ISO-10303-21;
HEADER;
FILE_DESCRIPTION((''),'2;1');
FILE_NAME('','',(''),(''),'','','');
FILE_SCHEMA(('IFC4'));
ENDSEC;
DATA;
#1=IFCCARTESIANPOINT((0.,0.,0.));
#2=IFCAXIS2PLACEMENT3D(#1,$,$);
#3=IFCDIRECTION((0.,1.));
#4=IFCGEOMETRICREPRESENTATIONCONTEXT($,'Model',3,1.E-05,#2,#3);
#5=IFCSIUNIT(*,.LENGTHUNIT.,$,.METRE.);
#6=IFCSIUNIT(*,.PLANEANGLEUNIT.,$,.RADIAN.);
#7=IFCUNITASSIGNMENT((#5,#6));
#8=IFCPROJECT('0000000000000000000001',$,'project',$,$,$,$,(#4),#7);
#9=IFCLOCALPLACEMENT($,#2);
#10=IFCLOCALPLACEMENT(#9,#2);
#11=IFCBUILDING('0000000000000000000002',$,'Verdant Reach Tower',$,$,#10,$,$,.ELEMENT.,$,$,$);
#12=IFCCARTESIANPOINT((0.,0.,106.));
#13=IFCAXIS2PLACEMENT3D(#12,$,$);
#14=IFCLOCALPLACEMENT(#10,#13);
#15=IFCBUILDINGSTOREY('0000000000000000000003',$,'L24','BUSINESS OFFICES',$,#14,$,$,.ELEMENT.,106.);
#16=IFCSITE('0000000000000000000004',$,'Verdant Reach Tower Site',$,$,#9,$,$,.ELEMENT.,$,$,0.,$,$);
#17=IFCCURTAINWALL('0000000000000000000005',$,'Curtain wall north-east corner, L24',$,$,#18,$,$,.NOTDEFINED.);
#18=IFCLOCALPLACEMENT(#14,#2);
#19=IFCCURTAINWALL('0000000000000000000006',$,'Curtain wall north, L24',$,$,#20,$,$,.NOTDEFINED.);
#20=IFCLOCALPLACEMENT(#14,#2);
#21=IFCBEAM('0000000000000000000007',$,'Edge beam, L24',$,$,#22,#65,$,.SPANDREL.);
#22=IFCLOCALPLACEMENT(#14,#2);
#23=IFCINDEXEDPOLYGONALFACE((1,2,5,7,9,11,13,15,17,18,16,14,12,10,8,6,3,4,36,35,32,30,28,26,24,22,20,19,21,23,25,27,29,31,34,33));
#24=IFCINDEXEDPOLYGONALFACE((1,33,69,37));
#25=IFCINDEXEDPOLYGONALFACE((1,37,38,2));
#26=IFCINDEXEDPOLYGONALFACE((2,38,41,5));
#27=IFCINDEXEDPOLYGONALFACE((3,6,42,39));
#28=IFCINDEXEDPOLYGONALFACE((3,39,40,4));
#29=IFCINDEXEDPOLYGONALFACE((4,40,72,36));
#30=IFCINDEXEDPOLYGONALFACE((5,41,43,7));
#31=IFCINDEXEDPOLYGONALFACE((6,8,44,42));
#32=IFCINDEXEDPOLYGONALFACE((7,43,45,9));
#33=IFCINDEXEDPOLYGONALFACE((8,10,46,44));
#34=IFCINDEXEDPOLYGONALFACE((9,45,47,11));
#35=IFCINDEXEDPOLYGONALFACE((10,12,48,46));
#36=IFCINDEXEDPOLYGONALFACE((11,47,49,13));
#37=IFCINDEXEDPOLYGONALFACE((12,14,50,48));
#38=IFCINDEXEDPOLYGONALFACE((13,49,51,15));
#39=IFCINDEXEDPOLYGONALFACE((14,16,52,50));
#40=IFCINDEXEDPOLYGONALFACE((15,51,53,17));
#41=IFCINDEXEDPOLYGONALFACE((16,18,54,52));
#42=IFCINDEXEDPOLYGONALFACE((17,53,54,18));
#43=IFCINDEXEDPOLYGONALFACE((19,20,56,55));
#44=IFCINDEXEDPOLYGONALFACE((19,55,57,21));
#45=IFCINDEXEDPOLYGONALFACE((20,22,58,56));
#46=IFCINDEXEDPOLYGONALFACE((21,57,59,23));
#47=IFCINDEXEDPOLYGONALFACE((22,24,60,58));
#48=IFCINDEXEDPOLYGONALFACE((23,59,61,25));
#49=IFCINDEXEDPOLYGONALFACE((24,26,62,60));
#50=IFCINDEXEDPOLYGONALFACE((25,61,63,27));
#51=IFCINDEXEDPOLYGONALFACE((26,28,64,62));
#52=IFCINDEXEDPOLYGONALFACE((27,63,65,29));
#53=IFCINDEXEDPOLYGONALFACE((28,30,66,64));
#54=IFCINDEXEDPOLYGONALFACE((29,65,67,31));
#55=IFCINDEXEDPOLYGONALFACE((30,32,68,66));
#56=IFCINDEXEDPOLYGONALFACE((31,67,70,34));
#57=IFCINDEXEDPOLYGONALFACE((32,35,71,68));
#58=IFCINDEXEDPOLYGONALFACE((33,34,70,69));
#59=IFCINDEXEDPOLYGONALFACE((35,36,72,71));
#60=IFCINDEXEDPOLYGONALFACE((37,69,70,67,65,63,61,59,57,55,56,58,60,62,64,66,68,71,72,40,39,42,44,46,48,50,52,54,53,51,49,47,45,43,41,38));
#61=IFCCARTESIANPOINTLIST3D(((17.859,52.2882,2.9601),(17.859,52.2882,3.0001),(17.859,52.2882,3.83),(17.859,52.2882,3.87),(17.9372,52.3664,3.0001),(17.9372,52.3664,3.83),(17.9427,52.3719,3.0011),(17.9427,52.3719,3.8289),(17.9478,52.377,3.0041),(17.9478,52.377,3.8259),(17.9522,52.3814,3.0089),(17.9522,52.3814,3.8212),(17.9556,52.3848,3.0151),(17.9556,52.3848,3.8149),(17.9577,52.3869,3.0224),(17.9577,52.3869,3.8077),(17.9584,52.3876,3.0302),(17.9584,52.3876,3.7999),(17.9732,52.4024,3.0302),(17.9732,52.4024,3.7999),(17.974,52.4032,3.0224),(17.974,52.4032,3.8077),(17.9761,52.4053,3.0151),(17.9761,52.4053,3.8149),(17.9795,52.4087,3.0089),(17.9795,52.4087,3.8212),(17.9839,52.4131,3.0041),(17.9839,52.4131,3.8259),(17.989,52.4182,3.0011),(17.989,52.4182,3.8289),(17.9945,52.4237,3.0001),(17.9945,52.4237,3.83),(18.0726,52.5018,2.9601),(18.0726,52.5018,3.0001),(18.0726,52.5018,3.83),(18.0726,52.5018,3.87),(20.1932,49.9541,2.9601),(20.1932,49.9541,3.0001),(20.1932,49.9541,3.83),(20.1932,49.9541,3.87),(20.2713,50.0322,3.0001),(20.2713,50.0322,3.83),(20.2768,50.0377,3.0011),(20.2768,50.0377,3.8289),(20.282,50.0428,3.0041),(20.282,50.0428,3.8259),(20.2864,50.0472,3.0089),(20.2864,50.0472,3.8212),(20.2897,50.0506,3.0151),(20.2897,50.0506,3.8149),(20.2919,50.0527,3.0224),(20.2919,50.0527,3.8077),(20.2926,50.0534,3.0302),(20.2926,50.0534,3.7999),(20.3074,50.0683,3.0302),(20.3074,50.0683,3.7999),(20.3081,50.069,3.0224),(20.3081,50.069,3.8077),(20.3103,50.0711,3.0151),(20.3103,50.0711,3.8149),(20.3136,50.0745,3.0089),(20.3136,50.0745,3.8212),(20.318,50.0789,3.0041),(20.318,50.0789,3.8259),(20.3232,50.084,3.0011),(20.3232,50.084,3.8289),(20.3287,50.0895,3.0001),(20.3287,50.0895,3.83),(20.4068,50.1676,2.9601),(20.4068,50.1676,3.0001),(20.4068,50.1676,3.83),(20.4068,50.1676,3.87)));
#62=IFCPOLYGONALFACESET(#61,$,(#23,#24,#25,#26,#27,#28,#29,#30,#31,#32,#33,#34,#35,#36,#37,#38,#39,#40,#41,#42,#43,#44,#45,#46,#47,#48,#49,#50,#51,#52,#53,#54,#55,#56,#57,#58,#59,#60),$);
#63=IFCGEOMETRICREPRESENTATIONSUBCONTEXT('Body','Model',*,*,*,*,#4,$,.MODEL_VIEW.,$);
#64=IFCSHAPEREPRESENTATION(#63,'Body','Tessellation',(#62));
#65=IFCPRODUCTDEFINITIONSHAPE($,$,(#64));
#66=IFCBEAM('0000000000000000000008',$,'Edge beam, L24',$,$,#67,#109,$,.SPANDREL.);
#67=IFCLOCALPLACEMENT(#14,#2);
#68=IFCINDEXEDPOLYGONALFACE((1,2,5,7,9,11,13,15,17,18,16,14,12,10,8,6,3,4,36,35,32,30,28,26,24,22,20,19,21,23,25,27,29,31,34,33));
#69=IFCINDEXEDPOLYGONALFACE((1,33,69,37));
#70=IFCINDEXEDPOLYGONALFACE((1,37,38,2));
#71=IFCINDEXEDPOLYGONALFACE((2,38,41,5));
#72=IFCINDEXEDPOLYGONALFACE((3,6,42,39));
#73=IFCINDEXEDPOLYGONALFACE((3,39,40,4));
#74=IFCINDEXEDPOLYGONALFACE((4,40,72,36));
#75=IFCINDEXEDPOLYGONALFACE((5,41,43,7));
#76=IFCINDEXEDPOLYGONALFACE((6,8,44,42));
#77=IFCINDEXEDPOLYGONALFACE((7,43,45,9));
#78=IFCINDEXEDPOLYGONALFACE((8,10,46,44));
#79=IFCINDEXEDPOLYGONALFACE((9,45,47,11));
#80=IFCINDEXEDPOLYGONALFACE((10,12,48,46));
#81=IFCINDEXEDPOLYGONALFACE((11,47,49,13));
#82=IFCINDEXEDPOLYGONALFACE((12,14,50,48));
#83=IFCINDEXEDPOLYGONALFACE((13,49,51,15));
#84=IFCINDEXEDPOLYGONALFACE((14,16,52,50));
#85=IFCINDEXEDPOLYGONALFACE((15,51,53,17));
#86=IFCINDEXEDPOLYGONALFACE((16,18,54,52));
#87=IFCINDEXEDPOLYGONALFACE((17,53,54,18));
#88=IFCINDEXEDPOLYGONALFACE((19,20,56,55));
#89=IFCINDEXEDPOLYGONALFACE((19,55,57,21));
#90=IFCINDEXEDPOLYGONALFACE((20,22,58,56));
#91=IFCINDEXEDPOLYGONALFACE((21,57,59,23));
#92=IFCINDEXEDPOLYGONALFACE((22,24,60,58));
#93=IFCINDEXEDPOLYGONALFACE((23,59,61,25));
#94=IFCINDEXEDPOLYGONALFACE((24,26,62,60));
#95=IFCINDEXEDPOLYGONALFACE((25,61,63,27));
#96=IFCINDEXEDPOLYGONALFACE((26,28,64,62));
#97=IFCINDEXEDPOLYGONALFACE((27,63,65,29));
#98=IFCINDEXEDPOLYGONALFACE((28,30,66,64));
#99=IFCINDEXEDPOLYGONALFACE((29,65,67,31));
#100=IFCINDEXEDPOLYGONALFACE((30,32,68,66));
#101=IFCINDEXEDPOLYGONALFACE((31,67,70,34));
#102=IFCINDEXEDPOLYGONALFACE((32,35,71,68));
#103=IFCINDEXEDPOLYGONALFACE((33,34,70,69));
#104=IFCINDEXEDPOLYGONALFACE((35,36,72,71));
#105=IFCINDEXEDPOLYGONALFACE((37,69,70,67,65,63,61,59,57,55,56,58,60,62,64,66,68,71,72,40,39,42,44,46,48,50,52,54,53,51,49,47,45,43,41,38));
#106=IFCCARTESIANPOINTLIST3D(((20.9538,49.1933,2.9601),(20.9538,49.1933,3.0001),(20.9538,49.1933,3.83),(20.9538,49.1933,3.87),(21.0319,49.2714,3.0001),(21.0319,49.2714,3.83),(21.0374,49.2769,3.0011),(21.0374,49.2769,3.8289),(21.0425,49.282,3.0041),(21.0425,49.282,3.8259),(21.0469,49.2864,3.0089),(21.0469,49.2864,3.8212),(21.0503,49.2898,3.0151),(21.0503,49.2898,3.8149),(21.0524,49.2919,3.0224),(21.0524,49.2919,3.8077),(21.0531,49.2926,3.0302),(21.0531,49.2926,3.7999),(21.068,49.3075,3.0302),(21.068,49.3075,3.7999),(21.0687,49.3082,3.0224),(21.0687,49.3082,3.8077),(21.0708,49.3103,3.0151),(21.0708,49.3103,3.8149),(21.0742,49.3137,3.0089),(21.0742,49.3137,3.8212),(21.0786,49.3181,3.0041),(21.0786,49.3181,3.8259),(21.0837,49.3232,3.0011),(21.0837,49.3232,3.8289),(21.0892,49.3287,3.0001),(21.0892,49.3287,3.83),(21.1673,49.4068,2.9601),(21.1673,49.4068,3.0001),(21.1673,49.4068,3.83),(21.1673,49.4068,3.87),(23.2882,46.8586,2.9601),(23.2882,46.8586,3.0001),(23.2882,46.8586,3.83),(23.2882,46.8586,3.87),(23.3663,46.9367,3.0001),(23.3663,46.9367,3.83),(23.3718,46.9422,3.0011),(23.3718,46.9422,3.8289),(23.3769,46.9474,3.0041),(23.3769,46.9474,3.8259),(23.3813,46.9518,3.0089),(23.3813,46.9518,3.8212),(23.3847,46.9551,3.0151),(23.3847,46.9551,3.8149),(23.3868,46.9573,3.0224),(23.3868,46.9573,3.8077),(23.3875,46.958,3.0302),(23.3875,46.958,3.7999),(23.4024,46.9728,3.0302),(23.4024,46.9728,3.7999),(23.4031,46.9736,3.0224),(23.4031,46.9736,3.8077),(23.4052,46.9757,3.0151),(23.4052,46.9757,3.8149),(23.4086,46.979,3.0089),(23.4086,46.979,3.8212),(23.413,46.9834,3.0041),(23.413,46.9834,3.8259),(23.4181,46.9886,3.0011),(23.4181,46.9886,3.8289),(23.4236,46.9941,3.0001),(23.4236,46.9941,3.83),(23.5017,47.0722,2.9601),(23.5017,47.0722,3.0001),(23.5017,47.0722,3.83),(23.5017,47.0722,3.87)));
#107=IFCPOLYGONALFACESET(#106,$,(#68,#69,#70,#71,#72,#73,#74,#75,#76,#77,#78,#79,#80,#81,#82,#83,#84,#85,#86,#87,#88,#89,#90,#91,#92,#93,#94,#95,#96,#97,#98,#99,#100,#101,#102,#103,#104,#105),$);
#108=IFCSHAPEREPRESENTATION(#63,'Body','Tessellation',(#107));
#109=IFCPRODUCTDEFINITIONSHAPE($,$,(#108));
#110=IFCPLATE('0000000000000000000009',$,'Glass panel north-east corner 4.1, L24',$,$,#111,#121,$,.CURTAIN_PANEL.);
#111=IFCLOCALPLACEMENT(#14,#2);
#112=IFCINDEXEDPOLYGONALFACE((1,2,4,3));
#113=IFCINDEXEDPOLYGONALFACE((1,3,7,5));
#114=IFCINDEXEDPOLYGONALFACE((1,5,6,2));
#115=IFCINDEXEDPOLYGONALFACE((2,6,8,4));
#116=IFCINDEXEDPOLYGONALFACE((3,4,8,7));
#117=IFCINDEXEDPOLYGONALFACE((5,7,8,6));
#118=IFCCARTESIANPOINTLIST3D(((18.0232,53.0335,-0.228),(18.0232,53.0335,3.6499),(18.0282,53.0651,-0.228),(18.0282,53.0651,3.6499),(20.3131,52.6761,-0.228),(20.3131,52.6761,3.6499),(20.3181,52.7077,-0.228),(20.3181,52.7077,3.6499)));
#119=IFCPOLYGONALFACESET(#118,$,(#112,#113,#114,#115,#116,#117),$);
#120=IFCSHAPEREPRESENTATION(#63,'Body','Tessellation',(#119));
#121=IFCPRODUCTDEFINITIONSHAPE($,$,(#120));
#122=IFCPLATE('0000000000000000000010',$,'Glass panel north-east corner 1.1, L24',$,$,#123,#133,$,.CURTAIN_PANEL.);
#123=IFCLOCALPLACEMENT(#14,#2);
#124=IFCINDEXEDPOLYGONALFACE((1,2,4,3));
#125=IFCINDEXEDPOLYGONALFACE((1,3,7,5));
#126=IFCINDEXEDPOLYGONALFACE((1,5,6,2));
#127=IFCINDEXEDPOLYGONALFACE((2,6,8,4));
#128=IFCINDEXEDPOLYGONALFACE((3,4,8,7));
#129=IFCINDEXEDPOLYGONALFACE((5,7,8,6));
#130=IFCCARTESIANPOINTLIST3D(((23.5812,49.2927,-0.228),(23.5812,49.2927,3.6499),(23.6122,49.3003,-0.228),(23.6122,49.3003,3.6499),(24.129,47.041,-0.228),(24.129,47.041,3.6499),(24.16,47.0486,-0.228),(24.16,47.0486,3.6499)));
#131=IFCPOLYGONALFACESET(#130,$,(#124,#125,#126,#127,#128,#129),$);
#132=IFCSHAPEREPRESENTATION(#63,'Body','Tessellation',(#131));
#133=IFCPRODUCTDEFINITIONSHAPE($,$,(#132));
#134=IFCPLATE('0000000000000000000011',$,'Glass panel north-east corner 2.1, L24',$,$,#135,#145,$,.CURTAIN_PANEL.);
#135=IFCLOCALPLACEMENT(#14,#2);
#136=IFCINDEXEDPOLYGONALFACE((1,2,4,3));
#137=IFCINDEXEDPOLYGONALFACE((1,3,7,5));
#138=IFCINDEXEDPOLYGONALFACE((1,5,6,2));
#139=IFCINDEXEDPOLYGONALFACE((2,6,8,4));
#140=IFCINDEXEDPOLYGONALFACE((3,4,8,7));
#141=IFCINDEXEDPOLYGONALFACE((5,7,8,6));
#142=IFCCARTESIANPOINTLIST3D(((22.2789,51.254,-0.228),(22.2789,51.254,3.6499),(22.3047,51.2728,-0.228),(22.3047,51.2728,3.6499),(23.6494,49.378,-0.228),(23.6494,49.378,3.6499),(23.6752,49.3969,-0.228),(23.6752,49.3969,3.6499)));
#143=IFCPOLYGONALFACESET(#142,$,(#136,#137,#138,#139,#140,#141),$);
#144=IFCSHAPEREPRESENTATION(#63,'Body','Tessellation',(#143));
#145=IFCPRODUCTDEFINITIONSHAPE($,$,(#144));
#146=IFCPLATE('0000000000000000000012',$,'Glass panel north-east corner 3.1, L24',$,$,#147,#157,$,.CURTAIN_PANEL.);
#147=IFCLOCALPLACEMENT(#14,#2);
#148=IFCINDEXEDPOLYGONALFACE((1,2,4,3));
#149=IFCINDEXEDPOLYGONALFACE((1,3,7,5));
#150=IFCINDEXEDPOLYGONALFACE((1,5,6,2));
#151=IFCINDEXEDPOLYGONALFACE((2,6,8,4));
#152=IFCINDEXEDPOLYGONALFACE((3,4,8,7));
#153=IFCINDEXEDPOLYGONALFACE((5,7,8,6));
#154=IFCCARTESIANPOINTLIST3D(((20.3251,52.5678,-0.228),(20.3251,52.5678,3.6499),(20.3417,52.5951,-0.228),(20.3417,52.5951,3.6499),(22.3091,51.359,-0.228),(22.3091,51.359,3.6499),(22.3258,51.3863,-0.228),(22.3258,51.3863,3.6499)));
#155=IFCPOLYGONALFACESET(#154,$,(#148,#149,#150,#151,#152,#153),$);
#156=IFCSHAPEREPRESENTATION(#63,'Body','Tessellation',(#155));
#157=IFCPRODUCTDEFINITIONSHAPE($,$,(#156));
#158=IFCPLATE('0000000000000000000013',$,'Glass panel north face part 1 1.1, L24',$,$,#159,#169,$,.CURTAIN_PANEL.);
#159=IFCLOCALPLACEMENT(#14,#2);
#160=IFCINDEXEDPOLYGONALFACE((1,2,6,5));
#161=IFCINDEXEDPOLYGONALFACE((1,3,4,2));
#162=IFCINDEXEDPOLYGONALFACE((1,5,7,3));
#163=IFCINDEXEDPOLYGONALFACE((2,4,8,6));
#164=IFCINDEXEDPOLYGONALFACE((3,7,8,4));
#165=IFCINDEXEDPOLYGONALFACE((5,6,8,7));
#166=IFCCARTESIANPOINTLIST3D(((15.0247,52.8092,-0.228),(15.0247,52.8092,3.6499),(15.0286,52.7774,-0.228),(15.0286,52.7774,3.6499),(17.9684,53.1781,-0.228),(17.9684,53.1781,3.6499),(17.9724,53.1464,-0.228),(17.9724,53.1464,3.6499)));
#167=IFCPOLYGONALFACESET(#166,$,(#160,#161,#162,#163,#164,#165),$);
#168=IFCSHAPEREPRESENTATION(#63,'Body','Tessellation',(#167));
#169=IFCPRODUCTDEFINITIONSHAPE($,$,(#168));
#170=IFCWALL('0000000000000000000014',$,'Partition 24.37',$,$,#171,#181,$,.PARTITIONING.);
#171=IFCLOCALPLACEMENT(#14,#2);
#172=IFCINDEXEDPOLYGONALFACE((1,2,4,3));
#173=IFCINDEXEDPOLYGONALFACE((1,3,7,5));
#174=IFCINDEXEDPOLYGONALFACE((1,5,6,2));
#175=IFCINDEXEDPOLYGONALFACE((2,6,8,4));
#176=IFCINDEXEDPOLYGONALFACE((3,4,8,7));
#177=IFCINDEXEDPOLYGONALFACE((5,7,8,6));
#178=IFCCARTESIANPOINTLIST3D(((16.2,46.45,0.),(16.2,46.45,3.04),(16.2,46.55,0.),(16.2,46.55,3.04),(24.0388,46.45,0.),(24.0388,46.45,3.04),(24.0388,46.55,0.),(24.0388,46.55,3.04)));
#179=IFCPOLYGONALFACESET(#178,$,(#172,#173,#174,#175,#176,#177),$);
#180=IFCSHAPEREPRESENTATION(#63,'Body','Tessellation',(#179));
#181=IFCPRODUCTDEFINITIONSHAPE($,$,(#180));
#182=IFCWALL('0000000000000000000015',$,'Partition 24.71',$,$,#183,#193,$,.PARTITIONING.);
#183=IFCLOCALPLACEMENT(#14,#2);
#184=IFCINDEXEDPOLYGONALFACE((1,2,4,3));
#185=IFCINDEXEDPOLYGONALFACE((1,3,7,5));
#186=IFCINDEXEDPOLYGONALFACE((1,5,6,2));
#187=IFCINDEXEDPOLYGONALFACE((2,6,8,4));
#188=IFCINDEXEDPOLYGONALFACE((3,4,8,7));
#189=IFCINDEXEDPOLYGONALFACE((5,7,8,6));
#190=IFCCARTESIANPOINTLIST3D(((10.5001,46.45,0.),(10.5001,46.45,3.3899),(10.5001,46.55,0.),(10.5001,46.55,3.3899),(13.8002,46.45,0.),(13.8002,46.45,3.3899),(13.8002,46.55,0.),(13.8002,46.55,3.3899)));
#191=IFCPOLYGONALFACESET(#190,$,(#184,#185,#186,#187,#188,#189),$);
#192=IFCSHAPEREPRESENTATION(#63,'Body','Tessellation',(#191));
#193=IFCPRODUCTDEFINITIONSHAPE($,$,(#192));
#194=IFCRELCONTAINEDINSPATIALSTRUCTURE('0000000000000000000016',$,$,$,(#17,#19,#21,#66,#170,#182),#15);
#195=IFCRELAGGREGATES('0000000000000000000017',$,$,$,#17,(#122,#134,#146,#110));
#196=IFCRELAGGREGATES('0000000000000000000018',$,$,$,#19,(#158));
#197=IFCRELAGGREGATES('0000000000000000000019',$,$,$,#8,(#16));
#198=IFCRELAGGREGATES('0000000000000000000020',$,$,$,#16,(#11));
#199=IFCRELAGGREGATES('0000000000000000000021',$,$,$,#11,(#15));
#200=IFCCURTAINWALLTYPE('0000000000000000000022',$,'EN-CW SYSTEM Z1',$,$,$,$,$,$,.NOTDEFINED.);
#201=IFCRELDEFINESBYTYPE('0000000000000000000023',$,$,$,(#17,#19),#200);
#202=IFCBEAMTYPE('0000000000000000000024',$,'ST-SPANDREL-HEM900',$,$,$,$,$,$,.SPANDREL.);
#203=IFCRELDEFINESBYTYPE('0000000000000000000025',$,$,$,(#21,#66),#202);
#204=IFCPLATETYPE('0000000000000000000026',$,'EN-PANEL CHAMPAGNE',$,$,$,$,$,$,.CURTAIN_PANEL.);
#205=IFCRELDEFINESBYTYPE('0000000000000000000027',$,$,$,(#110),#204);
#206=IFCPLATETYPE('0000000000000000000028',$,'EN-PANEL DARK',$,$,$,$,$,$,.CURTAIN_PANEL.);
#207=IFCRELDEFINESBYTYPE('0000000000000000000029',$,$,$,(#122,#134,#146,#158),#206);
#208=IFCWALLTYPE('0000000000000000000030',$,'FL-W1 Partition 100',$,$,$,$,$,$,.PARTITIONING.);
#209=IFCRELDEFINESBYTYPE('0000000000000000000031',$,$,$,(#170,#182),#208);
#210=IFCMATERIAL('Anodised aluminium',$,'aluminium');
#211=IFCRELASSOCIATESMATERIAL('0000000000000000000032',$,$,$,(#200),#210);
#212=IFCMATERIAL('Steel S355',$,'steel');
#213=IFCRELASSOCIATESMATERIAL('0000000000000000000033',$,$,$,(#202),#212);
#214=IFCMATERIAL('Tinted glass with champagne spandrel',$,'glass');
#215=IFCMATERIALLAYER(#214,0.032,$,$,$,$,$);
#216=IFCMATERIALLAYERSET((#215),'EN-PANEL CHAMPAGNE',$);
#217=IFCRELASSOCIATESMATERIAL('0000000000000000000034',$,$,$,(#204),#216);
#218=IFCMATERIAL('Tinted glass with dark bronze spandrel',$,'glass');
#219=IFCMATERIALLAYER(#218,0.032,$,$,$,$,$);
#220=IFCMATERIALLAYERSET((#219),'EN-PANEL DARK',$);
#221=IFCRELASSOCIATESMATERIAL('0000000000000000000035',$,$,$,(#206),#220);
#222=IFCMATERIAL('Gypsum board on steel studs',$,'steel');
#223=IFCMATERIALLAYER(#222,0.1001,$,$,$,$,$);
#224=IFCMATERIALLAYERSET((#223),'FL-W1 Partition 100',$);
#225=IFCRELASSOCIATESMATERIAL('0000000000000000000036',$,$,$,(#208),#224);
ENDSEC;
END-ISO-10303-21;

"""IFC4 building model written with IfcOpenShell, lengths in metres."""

from ifc_helpers import new_model, si_unit, direction, frame, frame_2d, origin, origin_2d, place, context, subcontext, project, spatial, rectangle, i_section, extrude, material, layer, layer_set, material_profile, profile_set, type_object, element, aggregate, save


model = new_model("IFC4")

# Units and contexts
model_context = context("Model", 3, precision=1e-05, world=origin(), true_north=direction((0.0, 1.0)))
body_context = subcontext(model_context, "Body", "Model", "MODEL_VIEW")
ifc_project = project(units=[si_unit("LENGTHUNIT", "METRE"), si_unit("PLANEANGLEUNIT", "RADIAN")], contexts=[model_context])

# Site, building, storey
site_placement = place(None, origin())
site = spatial("IfcSite", under=ifc_project, at=site_placement, Name="Verdant Reach Tower Site", CompositionType="ELEMENT", RefElevation=0.0)
building_placement = place(site_placement, origin())
building = spatial("IfcBuilding", under=site, at=building_placement, Name="Verdant Reach Tower", CompositionType="ELEMENT")
storey_placement = place(building_placement, frame((0.0, 0.0, 106.0)))
storey = spatial("IfcBuildingStorey", under=building, at=storey_placement, Name="L24", Description="BUSINESS OFFICES", CompositionType="ELEMENT", Elevation=106.0)

# Curtain walls
ifc_material_1 = material(Name="Anodised aluminium", Category="aluminium")
curtain_wall_type = type_object("IfcCurtainWallType", Name="EN-CW SYSTEM Z1", PredefinedType="NOTDEFINED", material=ifc_material_1)
curtain_wall_1_placement = place(storey_placement, origin())
curtain_wall_1 = element("IfcCurtainWall", 1, at=curtain_wall_1_placement, inside=storey, type_object=curtain_wall_type, Name="Curtain wall north-east corner, L24", PredefinedType="NOTDEFINED")
curtain_wall_2_placement = place(storey_placement, origin())
curtain_wall_2 = element("IfcCurtainWall", 2, at=curtain_wall_2_placement, inside=storey, type_object=curtain_wall_type, Name="Curtain wall north, L24", PredefinedType="NOTDEFINED")

# Beams
ifc_material_2 = material(Name="Steel S355", Category="steel")
ifc_material_profile_1 = material_profile(ifc_material_2, i_section(OverallWidth=0.302, OverallDepth=0.9099, WebThickness=0.021, FlangeThickness=0.04, FilletRadius=0.03, at=origin_2d()), Name="HEM 900")
ifc_profile_set_1 = profile_set([ifc_material_profile_1], Name="Steel S355")
beam_type_1 = type_object("IfcBeamType", Name="ST-SPANDREL-HEM900", PredefinedType="SPANDREL", material=ifc_profile_set_1)
beam_1_placement = place(storey_placement, frame((17.9658, 52.395, 3.415), z_axis=(0.707107, -0.707107, 0.0), x_axis=(0.707107, 0.707107, 0.0)))
element("IfcBeam", 3, at=beam_1_placement, inside=storey, type_object=beam_type_1, Name="Edge beam, L24", PredefinedType="SPANDREL", context=body_context, shape_type="SweptSolid", body=[
    extrude(i_section(OverallWidth=0.302, OverallDepth=0.9099, WebThickness=0.021, FlangeThickness=0.04, FilletRadius=0.03, at=origin_2d()), origin(), (0.0, 0.0, 1.0), 3.301),
])
beam_2_placement = place(storey_placement, frame((21.0605, 49.3, 3.415), z_axis=(0.70707, -0.707144, 0.0), x_axis=(0.707144, 0.70707, 0.0)))
element("IfcBeam", 4, at=beam_2_placement, inside=storey, type_object=beam_type_1, Name="Edge beam, L24", PredefinedType="SPANDREL", context=body_context, shape_type="SweptSolid", body=[
    extrude(i_section(OverallWidth=0.302, OverallDepth=0.9099, WebThickness=0.021, FlangeThickness=0.04, FilletRadius=0.03, at=origin_2d()), origin(), (0.0, 0.0, 1.0), 3.3015),
])

# Plates
ifc_material_3 = material(Name="Tinted glass with champagne spandrel", Category="glass")
ifc_layer_1 = layer(ifc_material_3, 0.032)
ifc_layer_set_1 = layer_set([ifc_layer_1], Name="EN-PANEL CHAMPAGNE")
plate_type_1 = type_object("IfcPlateType", Name="EN-PANEL CHAMPAGNE", PredefinedType="CURTAIN_PANEL", material=ifc_layer_set_1)
plate_1_placement = place(storey_placement, frame((19.1707, 52.8706, -0.228), z_axis=(0.0, 0.0, 1.0), x_axis=(-0.988033, 0.154245, 0.0)))
plate_1 = element("IfcPlate", 5, at=plate_1_placement, type_object=plate_type_1, Name="Glass panel north-east corner 4.1, L24", PredefinedType="CURTAIN_PANEL", context=body_context, shape_type="SweptSolid", body=[
    extrude(rectangle(XDim=2.3176, YDim=0.032, at=origin_2d()), origin(), (0.0, 0.0, 1.0), 3.8779),
])
ifc_material_4 = material(Name="Tinted glass with dark bronze spandrel", Category="glass")
ifc_layer_2 = layer(ifc_material_4, 0.032)
ifc_layer_set_2 = layer_set([ifc_layer_2], Name="EN-PANEL DARK")
plate_type_2 = type_object("IfcPlateType", Name="EN-PANEL DARK", PredefinedType="CURTAIN_PANEL", material=ifc_layer_set_2)
plate_2_placement = place(storey_placement, frame((23.8706, 48.1707, -0.228), z_axis=(0.0, 0.0, 1.0), x_axis=(-0.236383, 0.97166, 0.0)))
plate_2 = element("IfcPlate", 6, at=plate_2_placement, type_object=plate_type_2, Name="Glass panel north-east corner 1.1, L24", PredefinedType="CURTAIN_PANEL", context=body_context, shape_type="SweptSolid", body=[
    extrude(rectangle(XDim=2.3174, YDim=0.032, at=origin_2d()), origin(), (0.0, 0.0, 1.0), 3.8779),
])
plate_3_placement = place(storey_placement, frame((22.9771, 50.3254, -0.228), z_axis=(0.0, 0.0, 1.0), x_axis=(-0.589927, 0.807457, 0.0)))
plate_3 = element("IfcPlate", 7, at=plate_3_placement, type_object=plate_type_2, Name="Glass panel north-east corner 2.1, L24", PredefinedType="CURTAIN_PANEL", context=body_context, shape_type="SweptSolid", body=[
    extrude(rectangle(XDim=2.3232, YDim=0.032, at=origin_2d()), origin(), (0.0, 0.0, 1.0), 3.8779),
])
plate_4_placement = place(storey_placement, frame((21.3254, 51.9771, -0.228), z_axis=(0.0, 0.0, 1.0), x_axis=(-0.853989, 0.520292, 0.0)))
plate_4 = element("IfcPlate", 8, at=plate_4_placement, type_object=plate_type_2, Name="Glass panel north-east corner 3.1, L24", PredefinedType="CURTAIN_PANEL", context=body_context, shape_type="SweptSolid", body=[
    extrude(rectangle(XDim=2.3232, YDim=0.032, at=origin_2d()), origin(), (0.0, 0.0, 1.0), 3.8779),
])
aggregate(curtain_wall_1, [plate_2, plate_3, plate_4, plate_1])
plate_5_placement = place(storey_placement, frame((16.4985, 52.9778, -0.228), z_axis=(0.0, 0.0, 1.0), x_axis=(-0.992235, -0.124374, 0.0)))
plate_5 = element("IfcPlate", 9, at=plate_5_placement, type_object=plate_type_2, Name="Glass panel north face part 1 1.1, L24", PredefinedType="CURTAIN_PANEL", context=body_context, shape_type="SweptSolid", body=[
    extrude(rectangle(XDim=2.9668, YDim=0.032, at=origin_2d()), origin(), (0.0, 0.0, 1.0), 3.8779),
])
aggregate(curtain_wall_2, [plate_5])

# Walls
ifc_material_5 = material(Name="Gypsum board on steel studs", Category="steel")
ifc_layer_3 = layer(ifc_material_5, 0.1001)
ifc_layer_set_3 = layer_set([ifc_layer_3], Name="FL-W1 Partition 100")
wall_type_1 = type_object("IfcWallType", Name="FL-W1 Partition 100", PredefinedType="PARTITIONING", material=ifc_layer_set_3)
wall_1_placement = place(storey_placement, frame((24.0388, 46.5, 0.0), z_axis=(0.0, 0.0, 1.0), x_axis=(-1.0, 0.0, 0.0)))
element("IfcWall", 10, at=wall_1_placement, inside=storey, type_object=wall_type_1, Name="Partition 24.37", PredefinedType="PARTITIONING", context=body_context, shape_type="SweptSolid", body=[
    extrude(rectangle(XDim=7.8389, YDim=0.1001, at=frame_2d((3.9194, 0.0))), origin(), (0.0, 0.0, 1.0), 3.04),
])
wall_2_placement = place(storey_placement, frame((13.8, 46.5, 0.0), z_axis=(0.0, 0.0, 1.0), x_axis=(-1.0, 0.0, 0.0)))
element("IfcWall", 11, at=wall_2_placement, inside=storey, type_object=wall_type_1, Name="Partition 24.71", PredefinedType="PARTITIONING", context=body_context, shape_type="SweptSolid", body=[
    extrude(rectangle(XDim=3.3, YDim=0.1001, at=frame_2d((1.6499, 0.0))), origin(), (0.0, 0.0, 1.0), 3.3899),
])

save(model, "model.ifc")
